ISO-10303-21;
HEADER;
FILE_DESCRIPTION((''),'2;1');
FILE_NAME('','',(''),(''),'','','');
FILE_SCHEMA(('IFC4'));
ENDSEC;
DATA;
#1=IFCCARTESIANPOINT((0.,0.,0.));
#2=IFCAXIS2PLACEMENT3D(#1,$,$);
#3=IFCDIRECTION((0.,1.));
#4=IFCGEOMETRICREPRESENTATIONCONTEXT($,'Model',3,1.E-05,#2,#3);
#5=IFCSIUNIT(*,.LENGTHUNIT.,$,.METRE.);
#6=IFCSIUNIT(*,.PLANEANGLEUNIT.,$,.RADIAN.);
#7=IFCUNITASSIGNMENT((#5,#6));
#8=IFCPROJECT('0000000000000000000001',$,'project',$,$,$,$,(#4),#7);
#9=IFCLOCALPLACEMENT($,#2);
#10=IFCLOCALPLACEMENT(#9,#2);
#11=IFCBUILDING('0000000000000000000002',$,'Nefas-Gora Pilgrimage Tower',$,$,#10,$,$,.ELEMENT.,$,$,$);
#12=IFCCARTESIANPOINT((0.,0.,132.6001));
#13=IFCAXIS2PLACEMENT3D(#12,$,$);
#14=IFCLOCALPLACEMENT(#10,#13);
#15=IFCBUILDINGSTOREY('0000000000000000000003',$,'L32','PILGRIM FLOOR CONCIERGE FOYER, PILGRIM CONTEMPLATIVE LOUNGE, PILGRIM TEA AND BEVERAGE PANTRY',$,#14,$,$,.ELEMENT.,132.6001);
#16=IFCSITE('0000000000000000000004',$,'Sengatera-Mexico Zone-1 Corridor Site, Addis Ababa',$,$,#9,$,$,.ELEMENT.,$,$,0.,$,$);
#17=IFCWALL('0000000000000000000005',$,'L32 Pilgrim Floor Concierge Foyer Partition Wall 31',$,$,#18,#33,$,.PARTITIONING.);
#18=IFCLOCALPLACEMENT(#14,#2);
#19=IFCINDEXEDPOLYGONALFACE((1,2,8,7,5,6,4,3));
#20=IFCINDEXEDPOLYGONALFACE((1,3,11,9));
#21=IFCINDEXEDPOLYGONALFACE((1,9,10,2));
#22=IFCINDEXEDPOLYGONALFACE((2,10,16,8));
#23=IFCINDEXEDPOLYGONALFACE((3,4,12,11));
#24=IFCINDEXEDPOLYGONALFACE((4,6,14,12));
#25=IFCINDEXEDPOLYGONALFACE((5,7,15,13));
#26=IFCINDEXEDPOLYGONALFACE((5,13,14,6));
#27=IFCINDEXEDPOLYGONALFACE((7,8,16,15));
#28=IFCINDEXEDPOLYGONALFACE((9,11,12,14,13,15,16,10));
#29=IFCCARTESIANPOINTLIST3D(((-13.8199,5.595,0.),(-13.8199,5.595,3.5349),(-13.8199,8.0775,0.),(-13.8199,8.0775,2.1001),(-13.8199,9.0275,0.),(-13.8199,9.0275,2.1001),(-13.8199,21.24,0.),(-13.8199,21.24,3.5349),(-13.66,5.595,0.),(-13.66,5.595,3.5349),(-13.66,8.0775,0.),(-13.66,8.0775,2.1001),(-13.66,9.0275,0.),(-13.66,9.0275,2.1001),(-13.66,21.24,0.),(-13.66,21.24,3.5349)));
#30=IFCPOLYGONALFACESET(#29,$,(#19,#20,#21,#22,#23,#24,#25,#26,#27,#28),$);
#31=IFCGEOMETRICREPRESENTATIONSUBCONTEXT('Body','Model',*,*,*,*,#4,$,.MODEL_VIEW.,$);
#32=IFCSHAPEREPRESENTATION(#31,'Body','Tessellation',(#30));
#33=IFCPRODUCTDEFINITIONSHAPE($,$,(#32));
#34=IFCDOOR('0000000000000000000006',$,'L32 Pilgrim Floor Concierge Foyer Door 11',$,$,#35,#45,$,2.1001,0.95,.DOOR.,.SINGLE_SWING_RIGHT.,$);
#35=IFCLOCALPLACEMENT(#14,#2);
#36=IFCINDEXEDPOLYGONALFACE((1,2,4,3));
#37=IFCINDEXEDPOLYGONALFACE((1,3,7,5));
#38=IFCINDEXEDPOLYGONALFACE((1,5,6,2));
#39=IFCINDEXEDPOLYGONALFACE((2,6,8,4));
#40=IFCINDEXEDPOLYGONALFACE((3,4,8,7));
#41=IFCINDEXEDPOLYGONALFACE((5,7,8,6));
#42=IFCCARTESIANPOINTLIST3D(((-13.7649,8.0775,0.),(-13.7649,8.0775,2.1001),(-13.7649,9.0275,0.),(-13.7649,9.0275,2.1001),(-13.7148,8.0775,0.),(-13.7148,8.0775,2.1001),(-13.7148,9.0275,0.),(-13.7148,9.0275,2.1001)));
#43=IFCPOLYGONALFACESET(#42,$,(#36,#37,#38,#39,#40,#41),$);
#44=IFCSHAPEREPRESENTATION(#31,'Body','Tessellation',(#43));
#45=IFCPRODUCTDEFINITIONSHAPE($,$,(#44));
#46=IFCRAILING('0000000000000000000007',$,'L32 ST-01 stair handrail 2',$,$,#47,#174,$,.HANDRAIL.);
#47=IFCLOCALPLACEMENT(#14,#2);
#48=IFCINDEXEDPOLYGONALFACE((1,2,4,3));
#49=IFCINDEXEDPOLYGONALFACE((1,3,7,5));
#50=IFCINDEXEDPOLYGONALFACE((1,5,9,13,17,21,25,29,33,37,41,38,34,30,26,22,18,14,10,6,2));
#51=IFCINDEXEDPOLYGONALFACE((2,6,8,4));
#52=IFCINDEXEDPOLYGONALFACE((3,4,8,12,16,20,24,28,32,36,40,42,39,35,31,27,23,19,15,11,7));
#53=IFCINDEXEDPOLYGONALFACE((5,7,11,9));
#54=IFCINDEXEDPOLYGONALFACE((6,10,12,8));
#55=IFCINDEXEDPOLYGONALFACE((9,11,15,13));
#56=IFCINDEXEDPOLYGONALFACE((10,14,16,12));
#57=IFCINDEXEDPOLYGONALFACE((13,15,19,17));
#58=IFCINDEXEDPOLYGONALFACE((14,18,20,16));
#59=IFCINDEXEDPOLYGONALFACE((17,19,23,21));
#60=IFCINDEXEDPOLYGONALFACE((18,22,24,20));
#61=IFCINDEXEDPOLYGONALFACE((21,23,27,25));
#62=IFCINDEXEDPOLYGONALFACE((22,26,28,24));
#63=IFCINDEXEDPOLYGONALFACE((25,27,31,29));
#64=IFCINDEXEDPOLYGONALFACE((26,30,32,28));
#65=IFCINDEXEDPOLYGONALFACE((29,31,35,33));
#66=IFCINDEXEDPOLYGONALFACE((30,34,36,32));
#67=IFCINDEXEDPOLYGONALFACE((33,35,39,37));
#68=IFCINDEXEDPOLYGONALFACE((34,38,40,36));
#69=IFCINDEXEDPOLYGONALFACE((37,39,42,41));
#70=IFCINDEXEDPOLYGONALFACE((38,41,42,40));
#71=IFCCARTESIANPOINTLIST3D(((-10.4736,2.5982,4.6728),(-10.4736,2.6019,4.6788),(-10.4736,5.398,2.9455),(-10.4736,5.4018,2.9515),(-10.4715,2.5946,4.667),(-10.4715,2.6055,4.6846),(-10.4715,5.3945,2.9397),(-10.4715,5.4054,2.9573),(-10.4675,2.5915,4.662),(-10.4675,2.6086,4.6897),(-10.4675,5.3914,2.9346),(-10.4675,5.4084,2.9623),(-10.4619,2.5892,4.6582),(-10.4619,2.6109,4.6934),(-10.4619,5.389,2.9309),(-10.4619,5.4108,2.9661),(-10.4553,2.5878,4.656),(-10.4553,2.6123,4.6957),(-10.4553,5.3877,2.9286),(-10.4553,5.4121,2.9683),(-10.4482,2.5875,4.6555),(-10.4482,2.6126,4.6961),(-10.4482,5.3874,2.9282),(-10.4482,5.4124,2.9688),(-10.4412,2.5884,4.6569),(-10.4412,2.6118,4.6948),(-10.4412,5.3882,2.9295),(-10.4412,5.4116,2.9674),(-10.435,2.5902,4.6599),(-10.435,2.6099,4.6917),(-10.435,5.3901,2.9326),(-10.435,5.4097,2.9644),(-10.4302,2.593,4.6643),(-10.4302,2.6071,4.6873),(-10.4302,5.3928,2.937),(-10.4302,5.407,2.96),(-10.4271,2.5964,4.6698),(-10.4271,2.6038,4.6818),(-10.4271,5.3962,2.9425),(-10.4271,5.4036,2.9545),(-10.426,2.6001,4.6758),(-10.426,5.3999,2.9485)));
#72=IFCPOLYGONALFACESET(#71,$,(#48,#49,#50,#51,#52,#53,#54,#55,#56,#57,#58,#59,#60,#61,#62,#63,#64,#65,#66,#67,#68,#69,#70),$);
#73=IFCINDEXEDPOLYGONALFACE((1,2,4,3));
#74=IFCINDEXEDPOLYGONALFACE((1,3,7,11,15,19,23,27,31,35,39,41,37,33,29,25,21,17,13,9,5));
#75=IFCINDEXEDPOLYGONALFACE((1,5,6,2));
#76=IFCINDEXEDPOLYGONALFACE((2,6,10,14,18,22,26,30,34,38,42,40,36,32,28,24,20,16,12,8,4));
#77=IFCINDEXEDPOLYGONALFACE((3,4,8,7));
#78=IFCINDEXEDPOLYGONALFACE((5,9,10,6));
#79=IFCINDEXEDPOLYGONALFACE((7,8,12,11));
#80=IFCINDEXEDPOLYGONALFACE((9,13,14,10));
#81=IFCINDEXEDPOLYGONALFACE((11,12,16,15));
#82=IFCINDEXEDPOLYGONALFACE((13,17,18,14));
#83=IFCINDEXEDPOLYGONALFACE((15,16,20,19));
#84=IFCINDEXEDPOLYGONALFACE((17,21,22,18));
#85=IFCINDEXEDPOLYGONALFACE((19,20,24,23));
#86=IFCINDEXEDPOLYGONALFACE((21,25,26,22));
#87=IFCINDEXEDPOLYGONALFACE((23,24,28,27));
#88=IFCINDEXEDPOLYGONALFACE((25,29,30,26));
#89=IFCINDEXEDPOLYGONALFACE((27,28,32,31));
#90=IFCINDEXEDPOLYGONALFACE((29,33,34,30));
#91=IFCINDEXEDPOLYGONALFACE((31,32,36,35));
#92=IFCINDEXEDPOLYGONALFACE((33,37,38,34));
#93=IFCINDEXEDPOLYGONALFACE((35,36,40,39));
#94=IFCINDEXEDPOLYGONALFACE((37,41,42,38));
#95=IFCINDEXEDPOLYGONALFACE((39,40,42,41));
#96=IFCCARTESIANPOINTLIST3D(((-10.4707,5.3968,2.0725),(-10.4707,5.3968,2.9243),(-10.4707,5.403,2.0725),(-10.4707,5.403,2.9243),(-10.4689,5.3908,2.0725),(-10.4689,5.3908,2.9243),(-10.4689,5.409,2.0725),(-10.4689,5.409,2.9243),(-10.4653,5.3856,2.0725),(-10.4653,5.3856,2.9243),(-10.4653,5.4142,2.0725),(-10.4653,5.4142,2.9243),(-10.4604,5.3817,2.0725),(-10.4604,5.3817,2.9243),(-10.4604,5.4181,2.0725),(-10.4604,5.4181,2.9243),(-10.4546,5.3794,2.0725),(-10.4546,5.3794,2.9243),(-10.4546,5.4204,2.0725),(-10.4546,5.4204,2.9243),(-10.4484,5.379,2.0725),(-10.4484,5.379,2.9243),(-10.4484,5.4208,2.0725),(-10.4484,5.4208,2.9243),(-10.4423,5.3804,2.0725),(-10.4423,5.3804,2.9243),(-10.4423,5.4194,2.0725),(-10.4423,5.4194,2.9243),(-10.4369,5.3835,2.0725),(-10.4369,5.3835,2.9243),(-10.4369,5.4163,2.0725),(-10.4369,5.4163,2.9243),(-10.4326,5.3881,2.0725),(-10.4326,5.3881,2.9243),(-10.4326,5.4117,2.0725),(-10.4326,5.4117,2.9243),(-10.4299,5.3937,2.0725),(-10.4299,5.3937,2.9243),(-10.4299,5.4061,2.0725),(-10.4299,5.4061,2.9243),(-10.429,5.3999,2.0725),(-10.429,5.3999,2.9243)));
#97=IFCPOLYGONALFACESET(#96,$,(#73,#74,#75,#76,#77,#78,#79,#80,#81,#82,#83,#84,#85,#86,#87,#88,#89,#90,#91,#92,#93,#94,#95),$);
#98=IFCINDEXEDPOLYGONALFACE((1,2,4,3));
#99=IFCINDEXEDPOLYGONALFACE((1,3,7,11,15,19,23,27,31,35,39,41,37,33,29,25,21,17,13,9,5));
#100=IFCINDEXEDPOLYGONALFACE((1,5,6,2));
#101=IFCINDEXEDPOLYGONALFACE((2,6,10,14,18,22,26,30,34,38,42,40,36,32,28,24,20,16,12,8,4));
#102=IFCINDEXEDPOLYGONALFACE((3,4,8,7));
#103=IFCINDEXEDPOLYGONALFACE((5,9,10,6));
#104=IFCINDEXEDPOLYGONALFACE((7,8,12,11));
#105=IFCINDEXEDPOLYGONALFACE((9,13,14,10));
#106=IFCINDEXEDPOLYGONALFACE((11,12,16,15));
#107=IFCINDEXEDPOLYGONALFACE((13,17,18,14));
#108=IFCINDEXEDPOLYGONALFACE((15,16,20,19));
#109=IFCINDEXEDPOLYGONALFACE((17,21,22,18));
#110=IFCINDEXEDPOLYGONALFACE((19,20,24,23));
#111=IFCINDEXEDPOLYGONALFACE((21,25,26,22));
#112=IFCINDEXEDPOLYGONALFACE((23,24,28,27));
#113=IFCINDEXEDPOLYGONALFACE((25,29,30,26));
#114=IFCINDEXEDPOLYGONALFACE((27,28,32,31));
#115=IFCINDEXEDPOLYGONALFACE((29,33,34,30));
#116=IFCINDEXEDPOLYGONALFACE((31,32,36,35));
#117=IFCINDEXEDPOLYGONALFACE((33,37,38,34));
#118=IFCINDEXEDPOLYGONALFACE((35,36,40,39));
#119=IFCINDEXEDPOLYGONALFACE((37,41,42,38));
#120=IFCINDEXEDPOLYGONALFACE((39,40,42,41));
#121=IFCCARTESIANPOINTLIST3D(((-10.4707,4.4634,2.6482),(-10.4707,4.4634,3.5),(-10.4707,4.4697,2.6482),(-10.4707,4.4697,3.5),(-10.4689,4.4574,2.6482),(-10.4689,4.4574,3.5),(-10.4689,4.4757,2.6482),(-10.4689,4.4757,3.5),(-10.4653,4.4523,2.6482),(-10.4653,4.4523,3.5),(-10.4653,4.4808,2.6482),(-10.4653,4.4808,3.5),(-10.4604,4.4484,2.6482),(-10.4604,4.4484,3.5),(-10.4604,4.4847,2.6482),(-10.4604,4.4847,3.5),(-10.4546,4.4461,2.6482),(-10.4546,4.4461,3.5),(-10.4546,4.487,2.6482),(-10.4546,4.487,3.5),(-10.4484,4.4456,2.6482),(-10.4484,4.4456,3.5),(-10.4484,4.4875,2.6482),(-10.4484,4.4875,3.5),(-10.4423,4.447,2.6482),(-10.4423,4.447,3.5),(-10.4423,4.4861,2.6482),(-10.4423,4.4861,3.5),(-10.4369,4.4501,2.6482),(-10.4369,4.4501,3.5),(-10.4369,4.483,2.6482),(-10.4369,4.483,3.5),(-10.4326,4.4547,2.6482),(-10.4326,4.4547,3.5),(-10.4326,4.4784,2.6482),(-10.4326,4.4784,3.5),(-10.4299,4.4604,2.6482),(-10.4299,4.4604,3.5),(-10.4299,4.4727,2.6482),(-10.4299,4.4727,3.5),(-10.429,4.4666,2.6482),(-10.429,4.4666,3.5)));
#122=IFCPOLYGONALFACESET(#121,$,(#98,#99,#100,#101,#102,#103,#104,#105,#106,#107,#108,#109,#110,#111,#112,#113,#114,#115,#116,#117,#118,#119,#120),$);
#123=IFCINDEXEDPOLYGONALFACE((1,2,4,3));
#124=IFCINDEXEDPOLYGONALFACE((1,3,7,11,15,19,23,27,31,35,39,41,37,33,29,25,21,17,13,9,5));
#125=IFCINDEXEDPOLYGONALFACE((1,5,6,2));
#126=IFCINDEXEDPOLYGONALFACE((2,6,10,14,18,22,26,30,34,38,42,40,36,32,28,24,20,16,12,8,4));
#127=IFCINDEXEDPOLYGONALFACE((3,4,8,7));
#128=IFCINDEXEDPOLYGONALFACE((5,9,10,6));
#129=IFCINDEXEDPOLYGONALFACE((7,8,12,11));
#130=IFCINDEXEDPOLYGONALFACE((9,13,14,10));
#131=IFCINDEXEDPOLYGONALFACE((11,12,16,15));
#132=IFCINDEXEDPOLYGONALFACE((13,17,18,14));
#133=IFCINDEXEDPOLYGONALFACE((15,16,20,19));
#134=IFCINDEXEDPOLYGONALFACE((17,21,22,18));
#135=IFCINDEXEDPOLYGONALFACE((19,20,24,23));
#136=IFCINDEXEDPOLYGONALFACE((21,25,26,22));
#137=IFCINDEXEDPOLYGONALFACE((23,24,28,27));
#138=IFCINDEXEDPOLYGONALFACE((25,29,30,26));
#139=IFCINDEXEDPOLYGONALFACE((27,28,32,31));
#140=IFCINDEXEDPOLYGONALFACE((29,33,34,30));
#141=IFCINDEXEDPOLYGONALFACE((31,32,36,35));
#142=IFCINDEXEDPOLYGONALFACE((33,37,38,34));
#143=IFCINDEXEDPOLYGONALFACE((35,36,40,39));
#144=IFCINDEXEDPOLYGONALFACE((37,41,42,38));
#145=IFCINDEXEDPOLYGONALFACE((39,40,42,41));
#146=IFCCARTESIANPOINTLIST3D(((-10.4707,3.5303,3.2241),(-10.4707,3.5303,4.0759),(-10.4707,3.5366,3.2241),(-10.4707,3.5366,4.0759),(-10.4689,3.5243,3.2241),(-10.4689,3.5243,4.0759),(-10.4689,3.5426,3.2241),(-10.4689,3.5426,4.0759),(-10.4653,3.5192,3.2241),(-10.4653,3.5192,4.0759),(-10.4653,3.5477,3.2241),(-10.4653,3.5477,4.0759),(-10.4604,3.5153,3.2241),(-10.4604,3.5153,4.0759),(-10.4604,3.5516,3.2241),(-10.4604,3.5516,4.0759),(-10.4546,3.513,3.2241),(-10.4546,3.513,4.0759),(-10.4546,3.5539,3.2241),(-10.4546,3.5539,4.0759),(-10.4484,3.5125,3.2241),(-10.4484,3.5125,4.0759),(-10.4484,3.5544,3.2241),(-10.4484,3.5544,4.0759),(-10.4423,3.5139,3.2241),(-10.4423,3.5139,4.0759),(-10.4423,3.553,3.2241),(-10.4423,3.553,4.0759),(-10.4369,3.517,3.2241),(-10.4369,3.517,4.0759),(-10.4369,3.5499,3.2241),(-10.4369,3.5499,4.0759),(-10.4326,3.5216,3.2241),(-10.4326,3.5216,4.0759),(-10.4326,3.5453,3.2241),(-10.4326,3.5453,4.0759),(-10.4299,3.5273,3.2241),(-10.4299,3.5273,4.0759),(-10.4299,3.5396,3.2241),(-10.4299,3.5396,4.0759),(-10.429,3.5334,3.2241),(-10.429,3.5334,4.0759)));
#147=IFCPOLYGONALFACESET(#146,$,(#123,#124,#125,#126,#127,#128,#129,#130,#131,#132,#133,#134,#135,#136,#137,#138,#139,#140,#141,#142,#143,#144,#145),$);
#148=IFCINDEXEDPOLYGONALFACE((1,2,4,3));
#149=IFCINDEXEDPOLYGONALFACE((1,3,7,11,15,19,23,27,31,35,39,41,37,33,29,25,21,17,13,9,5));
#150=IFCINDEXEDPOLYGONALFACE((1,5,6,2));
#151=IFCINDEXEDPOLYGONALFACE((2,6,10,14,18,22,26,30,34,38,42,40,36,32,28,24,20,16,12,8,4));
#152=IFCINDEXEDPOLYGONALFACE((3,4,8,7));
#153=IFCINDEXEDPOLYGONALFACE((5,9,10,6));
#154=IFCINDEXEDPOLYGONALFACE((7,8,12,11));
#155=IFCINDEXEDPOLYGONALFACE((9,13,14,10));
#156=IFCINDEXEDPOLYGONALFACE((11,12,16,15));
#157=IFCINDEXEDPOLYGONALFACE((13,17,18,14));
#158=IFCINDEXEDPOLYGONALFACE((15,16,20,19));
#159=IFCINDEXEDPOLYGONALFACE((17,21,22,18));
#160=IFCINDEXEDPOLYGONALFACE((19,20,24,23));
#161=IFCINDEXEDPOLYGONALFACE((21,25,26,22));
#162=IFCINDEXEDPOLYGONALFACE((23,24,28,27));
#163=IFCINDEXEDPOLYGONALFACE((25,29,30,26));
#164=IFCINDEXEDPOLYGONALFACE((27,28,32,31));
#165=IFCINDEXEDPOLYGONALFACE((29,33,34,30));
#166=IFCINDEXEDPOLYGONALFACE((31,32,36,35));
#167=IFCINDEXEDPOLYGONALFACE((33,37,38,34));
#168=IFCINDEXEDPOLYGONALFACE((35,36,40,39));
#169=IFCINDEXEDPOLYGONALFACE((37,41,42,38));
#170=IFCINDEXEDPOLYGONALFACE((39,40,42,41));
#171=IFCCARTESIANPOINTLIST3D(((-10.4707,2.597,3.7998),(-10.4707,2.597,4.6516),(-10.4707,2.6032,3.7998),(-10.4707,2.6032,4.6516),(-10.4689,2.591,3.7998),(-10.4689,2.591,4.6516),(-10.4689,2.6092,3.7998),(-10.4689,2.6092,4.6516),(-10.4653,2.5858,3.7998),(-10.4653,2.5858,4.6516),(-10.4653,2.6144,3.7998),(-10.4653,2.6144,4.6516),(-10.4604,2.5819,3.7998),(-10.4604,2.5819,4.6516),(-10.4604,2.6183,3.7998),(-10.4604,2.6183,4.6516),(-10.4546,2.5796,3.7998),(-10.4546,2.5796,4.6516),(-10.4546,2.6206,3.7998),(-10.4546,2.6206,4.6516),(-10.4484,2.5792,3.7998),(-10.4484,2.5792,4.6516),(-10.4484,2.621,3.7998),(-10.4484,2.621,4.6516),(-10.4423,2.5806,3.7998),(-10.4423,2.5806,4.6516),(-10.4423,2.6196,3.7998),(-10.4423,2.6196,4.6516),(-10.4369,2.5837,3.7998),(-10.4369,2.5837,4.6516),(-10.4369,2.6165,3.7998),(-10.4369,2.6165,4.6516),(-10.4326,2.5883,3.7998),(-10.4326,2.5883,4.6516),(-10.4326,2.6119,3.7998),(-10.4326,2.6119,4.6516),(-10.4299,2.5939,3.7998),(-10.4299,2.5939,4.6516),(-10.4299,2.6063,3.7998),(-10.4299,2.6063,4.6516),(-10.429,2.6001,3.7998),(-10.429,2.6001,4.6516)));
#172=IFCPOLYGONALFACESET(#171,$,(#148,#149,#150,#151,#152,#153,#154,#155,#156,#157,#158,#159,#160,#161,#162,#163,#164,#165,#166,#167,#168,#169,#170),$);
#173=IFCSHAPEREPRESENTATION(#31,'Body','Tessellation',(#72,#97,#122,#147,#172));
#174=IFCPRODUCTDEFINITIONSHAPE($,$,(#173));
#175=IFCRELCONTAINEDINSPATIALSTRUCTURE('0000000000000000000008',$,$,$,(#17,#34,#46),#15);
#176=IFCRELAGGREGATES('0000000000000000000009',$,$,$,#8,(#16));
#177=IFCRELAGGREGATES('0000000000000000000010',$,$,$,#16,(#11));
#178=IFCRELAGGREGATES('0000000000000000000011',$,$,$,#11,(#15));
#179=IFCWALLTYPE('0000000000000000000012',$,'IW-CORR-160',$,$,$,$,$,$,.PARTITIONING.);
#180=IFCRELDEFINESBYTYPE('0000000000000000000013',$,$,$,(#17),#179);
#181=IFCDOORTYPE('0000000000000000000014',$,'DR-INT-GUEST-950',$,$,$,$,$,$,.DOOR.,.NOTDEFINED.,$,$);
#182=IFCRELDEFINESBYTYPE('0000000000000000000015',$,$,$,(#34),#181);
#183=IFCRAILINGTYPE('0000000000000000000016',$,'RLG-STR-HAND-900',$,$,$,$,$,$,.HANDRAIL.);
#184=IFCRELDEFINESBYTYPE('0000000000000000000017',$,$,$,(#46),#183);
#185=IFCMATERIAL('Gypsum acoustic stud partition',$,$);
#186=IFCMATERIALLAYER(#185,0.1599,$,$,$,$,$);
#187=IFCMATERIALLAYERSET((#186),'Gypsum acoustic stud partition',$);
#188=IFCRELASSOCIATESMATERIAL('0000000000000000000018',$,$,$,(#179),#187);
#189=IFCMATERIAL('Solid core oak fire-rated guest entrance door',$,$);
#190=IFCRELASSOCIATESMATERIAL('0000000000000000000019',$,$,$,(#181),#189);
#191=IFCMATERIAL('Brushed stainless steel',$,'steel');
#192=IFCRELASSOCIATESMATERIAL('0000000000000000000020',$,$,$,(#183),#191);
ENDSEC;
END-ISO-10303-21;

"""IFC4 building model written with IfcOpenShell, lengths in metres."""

from ifc_helpers import new_model, si_unit, direction, frame, frame_2d, origin, origin_2d, place, context, subcontext, project, spatial, rectangle, circle, extrude, source, transform, mapped, material, layer, layer_set, type_object, element, fill, save


model = new_model("IFC4")

# Units and contexts
model_context = context("Model", 3, precision=1e-05, world=origin(), true_north=direction((0.0, 1.0)))
body_context = subcontext(model_context, "Body", "Model", "MODEL_VIEW")
ifc_project = project(units=[si_unit("LENGTHUNIT", "METRE"), si_unit("PLANEANGLEUNIT", "RADIAN")], contexts=[model_context])

# Site, building, storey
site_placement = place(None, origin())
site = spatial("IfcSite", under=ifc_project, at=site_placement, Name="Sengatera-Mexico Zone-1 Corridor Site, Addis Ababa", CompositionType="ELEMENT", RefElevation=0.0)
building_placement = place(site_placement, origin())
building = spatial("IfcBuilding", under=site, at=building_placement, Name="Nefas-Gora Pilgrimage Tower", CompositionType="ELEMENT")
storey_placement = place(building_placement, frame((0.0, 0.0, 132.6001)))
storey = spatial("IfcBuildingStorey", under=building, at=storey_placement, Name="L32", Description="PILGRIM FLOOR CONCIERGE FOYER, PILGRIM CONTEMPLATIVE LOUNGE, PILGRIM TEA AND BEVERAGE PANTRY", CompositionType="ELEMENT", Elevation=132.6001)

# Shared definitions
ifc_material_1 = material(Name="Gypsum acoustic stud partition")
ifc_layer_1 = layer(ifc_material_1, 0.1599)
ifc_layer_set_1 = layer_set([ifc_layer_1], Name="Gypsum acoustic stud partition")
wall_type_1 = type_object("IfcWallType", Name="IW-CORR-160", PredefinedType="PARTITIONING", material=ifc_layer_set_1)
ifc_material_2 = material(Name="Solid core oak fire-rated guest entrance door")
door_type = type_object("IfcDoorType", Name="DR-INT-GUEST-950", OperationType="NOTDEFINED", PredefinedType="DOOR", material=ifc_material_2)
shared_shape_1 = source(origin(), body_context, "Body", "SweptSolid", [
    extrude(rectangle(XDim=0.95, YDim=2.1001, at=frame_2d((0.4751, 1.05))), frame((0.0, 0.0249, 0.0), z_axis=(0.0, -1.0, 0.0), x_axis=(1.0, 0.0, 0.0)), (0.0, 0.0, 1.0), 0.05),
])

# Wall, opening, door
shared_shape_2 = source(origin(), body_context, "Body", "SweptSolid", [
    extrude(rectangle(XDim=15.645, YDim=0.1599, at=frame_2d((7.8225, 0.0))), origin(), (0.0, 0.0, 1.0), 3.5349),
])
wall_1_placement = place(storey_placement, frame((-13.74, 5.595, 0.0), z_axis=(0.0, 0.0, 1.0), x_axis=(0.0, 1.0, 0.0)))
wall_1 = element("IfcWall", 1, at=wall_1_placement, inside=storey, type_object=wall_type_1, Name="L32 Pilgrim Floor Concierge Foyer Partition Wall 31", PredefinedType="PARTITIONING", context=body_context, shape_type="MappedRepresentation", body=[
    mapped(shared_shape_2, transform((0.0, 0.0, 0.0), x_axis=(1.0, 0.0, 0.0), y_axis=(0.0, 1.0, 0.0), z_axis=(0.0, 0.0, 1.0), scale=1.0)),
])
opening_1_placement = place(wall_1_placement, frame((2.4824, 0.0, 0.0)))
opening_1 = element("IfcOpeningElement", 2, at=opening_1_placement, cuts=wall_1, PredefinedType="OPENING", context=body_context, shape_type="SweptSolid", body=[
    extrude(rectangle(XDim=0.95, YDim=2.1001, at=frame_2d((0.4751, 1.05))), frame((0.0, 0.0898, 0.0), z_axis=(0.0, -1.0, 0.0), x_axis=(1.0, 0.0, 0.0)), (0.0, 0.0, 1.0), 0.1799),
])
door_1_placement = place(opening_1_placement, origin())
door_1 = element("IfcDoor", 3, at=door_1_placement, inside=storey, type_object=door_type, Name="L32 Pilgrim Floor Concierge Foyer Door 11", OperationType="SINGLE_SWING_RIGHT", OverallHeight=2.1001, OverallWidth=0.95, PredefinedType="DOOR", context=body_context, shape_type="MappedRepresentation", body=[
    mapped(shared_shape_1, transform((0.0, 0.0, 0.0), x_axis=(1.0, 0.0, 0.0), y_axis=(0.0, 1.0, 0.0), z_axis=(0.0, 0.0, 1.0), scale=1.0)),
])
fill(opening_1, door_1)

# Railing
ifc_material_3 = material(Name="Brushed stainless steel", Category="steel")
railing_type = type_object("IfcRailingType", Name="RLG-STR-HAND-900", PredefinedType="HANDRAIL", material=ifc_material_3)
railing_placement = place(storey_placement, frame((-10.45, 5.3999, 2.0725)))
element("IfcRailing", 4, at=railing_placement, inside=storey, type_object=railing_type, Name="L32 ST-01 stair handrail 2", PredefinedType="HANDRAIL", context=body_context, shape_type="SweptSolid", body=[
    extrude(circle(Radius=0.0239, at=origin_2d()), frame((0.0, 0.0, 0.876), z_axis=(0.0, -0.851069, 0.525054), x_axis=(1.0, 0.0, 0.0)), (0.0, 0.0, 1.0), 3.2898),
    extrude(circle(Radius=0.021, at=origin_2d()), origin(), (0.0, 0.0, 1.0), 0.8518),
    extrude(circle(Radius=0.021, at=origin_2d()), frame((0.0, -0.9333, 0.5757)), (0.0, 0.0, 1.0), 0.8518),
    extrude(circle(Radius=0.021, at=origin_2d()), frame((0.0, -1.8665, 1.1516)), (0.0, 0.0, 1.0), 0.8518),
    extrude(circle(Radius=0.021, at=origin_2d()), frame((0.0, -2.7998, 1.7273)), (0.0, 0.0, 1.0), 0.8518),
])

save(model, "model.ifc")
